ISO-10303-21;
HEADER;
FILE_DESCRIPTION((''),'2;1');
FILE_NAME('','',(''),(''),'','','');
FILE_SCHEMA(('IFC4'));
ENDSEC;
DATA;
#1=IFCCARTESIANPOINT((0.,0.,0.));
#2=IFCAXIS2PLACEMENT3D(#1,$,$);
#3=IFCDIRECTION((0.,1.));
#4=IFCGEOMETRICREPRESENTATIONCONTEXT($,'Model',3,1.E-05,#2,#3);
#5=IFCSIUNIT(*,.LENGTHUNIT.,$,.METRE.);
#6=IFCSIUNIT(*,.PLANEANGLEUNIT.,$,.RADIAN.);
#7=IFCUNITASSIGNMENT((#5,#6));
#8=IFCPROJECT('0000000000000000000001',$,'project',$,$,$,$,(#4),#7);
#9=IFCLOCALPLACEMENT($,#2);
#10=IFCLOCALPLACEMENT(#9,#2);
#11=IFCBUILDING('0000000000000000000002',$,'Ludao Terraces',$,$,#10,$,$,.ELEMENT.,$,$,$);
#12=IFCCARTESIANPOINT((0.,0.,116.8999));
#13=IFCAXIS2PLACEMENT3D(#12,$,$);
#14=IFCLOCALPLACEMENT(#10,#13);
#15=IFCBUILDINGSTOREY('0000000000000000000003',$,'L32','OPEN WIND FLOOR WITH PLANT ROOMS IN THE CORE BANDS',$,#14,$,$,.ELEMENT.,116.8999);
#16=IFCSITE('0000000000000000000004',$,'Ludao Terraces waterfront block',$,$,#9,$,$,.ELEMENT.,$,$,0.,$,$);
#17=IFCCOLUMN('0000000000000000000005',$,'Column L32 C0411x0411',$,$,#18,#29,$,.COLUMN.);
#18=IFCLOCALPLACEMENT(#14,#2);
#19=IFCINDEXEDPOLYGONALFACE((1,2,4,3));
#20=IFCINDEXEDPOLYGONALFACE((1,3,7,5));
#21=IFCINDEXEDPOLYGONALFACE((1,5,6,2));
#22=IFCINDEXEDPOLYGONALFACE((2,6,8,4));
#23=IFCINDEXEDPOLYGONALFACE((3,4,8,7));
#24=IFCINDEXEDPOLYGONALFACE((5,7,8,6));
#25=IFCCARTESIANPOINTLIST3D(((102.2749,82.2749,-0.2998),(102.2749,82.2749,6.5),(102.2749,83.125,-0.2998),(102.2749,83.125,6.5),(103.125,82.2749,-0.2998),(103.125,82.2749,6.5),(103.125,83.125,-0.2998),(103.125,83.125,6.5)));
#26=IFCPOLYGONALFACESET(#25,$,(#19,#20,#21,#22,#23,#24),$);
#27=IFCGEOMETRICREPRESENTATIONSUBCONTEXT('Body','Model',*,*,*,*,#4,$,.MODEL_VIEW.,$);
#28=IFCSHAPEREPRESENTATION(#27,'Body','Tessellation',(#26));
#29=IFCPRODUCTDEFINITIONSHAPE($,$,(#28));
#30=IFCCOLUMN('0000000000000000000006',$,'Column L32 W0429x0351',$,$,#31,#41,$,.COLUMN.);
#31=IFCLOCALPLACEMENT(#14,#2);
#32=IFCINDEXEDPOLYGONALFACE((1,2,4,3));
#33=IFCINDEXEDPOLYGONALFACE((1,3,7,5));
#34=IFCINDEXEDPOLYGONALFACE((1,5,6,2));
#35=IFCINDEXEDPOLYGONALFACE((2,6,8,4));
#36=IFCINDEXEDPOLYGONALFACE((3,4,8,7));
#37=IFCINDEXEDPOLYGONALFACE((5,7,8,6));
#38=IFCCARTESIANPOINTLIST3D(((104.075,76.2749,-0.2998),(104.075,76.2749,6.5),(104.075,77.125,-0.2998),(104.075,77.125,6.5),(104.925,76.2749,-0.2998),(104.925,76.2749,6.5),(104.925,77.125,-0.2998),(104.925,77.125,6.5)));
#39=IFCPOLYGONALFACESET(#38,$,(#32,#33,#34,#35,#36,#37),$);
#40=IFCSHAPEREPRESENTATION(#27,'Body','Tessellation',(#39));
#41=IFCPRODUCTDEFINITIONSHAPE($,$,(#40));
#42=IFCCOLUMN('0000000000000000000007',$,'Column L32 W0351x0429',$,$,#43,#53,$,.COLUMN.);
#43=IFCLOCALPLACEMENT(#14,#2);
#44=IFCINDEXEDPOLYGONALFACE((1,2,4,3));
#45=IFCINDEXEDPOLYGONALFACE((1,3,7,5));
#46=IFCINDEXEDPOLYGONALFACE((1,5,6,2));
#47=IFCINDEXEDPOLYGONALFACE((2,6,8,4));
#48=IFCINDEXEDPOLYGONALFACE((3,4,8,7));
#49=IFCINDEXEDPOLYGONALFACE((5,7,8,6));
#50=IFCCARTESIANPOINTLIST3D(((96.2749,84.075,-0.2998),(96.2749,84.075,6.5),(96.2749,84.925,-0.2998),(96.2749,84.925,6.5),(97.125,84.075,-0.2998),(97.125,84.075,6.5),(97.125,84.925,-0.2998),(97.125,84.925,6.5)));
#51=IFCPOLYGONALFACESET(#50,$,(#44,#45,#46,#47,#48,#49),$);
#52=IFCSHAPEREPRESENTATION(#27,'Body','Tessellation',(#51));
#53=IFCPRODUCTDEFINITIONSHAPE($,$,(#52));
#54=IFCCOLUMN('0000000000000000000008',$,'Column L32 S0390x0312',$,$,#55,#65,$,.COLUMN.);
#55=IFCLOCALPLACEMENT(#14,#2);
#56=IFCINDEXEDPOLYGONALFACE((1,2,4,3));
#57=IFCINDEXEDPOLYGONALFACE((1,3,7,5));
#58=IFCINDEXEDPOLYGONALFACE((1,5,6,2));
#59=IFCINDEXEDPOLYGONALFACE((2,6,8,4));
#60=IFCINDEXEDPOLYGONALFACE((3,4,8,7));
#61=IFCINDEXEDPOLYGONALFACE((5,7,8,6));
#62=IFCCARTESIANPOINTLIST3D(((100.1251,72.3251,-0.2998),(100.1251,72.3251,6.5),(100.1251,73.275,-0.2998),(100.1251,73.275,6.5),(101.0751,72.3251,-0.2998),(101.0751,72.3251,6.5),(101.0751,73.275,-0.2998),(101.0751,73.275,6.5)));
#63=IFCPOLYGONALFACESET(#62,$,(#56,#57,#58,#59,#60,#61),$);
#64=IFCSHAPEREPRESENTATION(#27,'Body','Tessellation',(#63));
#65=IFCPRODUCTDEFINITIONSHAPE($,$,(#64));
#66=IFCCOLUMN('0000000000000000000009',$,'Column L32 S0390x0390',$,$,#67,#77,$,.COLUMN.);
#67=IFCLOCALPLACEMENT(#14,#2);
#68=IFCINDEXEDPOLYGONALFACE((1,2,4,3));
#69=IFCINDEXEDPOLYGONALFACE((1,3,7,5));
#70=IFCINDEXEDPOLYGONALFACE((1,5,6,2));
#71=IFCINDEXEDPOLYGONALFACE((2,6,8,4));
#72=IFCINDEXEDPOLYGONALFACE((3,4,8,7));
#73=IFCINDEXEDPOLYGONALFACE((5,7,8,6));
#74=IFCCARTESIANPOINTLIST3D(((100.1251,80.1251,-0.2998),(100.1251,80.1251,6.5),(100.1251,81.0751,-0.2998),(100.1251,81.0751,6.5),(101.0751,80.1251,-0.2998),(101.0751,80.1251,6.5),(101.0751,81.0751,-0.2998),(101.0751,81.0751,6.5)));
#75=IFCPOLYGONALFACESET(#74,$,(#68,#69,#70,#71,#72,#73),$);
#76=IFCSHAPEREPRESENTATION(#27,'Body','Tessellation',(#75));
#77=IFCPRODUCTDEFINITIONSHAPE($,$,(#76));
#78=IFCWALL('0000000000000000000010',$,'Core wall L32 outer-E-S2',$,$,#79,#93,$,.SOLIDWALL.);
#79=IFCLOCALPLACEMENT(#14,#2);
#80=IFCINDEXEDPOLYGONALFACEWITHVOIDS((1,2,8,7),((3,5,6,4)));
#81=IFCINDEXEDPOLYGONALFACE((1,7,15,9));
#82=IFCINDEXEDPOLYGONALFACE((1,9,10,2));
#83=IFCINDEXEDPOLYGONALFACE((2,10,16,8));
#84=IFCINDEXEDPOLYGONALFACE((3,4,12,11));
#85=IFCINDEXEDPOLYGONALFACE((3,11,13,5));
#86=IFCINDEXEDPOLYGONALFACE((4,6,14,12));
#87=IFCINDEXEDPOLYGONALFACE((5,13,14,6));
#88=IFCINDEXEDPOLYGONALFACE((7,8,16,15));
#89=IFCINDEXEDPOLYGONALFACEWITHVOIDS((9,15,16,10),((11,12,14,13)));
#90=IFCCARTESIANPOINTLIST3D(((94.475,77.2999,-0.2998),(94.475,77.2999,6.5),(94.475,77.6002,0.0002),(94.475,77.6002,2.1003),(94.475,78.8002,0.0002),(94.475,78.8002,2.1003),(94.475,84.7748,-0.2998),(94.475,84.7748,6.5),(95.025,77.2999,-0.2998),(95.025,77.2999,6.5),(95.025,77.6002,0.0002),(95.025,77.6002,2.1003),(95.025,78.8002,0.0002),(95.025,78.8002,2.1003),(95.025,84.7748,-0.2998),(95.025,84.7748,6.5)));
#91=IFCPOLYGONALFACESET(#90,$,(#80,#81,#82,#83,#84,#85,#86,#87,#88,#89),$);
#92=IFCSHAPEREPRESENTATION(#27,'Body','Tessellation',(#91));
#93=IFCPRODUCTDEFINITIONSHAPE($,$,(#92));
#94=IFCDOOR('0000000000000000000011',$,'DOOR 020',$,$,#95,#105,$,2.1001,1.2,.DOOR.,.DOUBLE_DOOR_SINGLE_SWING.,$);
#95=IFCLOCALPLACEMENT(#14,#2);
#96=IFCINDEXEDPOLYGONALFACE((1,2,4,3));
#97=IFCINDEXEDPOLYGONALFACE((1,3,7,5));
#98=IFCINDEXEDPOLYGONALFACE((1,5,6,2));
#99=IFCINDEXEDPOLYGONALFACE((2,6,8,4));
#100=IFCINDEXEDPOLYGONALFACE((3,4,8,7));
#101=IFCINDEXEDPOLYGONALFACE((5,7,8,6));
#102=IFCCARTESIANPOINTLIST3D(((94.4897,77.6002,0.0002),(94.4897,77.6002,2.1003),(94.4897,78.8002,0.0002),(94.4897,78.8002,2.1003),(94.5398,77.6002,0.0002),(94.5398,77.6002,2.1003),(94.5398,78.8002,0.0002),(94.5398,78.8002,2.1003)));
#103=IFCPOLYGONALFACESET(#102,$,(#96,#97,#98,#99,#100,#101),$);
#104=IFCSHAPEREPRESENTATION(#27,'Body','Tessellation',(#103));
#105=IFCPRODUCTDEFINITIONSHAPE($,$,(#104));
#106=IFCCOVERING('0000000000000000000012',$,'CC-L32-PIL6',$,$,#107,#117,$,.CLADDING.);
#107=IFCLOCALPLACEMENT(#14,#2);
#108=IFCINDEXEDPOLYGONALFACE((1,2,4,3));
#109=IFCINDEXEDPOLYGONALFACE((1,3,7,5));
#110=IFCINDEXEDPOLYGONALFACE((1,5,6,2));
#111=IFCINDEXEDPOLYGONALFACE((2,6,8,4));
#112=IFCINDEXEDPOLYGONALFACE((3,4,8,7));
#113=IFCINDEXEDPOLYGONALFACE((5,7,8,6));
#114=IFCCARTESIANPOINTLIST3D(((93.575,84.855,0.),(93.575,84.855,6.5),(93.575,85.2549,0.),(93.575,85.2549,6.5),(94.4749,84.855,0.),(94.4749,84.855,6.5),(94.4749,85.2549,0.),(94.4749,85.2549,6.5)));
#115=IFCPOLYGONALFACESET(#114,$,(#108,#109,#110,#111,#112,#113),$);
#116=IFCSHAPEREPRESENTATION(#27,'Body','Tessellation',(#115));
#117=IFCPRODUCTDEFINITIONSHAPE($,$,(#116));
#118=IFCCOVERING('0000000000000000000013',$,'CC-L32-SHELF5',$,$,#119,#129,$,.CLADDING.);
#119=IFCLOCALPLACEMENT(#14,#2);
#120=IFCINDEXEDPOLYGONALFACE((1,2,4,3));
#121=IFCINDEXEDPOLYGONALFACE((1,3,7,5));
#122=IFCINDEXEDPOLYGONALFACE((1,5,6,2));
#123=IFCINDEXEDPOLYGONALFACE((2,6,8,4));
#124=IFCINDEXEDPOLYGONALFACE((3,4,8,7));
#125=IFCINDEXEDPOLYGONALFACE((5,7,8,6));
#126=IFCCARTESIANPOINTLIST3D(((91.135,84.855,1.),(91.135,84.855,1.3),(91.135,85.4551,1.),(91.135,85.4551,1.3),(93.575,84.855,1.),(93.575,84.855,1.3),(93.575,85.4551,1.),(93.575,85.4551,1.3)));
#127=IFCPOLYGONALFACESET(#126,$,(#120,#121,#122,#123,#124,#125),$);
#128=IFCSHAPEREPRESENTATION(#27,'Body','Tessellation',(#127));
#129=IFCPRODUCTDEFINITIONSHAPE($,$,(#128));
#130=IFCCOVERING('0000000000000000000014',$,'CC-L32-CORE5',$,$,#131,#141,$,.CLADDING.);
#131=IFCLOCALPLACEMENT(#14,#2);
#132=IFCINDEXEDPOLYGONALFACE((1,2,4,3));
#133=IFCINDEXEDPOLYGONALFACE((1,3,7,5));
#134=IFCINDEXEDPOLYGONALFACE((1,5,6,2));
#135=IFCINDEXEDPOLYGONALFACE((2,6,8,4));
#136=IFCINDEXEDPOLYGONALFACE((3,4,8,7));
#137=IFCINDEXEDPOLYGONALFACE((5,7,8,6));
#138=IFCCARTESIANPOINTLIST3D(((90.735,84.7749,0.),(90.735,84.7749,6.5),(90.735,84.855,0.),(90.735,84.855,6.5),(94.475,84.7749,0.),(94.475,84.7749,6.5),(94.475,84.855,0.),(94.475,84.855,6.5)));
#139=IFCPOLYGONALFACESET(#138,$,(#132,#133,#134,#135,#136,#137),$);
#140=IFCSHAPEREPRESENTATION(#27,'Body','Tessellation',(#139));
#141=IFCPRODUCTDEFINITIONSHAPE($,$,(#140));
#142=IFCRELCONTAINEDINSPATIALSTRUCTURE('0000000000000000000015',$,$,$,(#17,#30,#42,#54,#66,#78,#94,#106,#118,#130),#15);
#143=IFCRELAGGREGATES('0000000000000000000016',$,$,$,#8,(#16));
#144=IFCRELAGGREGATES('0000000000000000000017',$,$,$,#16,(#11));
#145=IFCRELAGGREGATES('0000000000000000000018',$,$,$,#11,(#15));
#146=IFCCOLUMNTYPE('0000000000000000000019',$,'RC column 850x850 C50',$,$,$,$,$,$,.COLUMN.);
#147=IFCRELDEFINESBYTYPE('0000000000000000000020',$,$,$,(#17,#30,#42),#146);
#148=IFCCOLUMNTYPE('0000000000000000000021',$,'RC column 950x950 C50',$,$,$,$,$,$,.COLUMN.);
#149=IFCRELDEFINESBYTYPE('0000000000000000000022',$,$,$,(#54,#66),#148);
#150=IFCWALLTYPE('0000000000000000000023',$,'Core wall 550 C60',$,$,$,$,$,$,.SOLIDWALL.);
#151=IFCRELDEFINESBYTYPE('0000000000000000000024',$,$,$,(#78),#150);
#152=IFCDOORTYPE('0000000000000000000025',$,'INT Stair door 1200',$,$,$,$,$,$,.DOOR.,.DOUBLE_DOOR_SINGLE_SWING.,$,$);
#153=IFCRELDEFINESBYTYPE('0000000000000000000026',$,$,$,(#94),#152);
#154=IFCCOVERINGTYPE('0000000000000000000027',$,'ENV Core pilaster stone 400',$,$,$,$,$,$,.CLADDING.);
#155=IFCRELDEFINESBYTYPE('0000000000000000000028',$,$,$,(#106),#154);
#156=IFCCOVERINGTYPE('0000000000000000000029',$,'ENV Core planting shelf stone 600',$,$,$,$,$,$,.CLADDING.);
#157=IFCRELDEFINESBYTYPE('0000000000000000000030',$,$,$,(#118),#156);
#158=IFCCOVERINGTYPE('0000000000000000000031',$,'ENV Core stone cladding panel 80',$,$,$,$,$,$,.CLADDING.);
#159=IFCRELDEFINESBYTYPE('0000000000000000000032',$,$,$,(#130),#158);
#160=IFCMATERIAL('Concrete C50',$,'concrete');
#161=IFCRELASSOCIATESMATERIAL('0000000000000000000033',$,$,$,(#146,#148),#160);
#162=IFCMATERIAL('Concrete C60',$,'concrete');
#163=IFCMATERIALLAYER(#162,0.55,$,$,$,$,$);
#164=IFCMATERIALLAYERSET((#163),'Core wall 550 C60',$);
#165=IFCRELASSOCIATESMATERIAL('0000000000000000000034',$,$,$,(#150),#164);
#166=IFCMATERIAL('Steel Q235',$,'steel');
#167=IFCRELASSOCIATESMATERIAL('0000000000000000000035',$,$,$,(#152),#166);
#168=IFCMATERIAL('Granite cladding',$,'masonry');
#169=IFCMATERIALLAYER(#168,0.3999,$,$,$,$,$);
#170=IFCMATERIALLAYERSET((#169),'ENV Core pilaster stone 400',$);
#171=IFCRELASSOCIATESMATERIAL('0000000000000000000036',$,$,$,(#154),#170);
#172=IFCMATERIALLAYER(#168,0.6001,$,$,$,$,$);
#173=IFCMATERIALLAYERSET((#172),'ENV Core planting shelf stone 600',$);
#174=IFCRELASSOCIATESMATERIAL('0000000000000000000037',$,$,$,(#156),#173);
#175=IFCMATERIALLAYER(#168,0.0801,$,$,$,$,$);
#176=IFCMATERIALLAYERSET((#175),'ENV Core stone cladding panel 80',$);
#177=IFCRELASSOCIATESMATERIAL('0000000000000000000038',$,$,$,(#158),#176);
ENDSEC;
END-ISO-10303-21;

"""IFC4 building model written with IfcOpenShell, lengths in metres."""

from ifc_helpers import new_model, si_unit, direction, frame, frame_2d, origin, origin_2d, place, context, subcontext, project, spatial, rectangle, extrude, material, layer, layer_set, material_profile, profile_set, type_object, element, fill, save


model = new_model("IFC4")

# Units and contexts
model_context = context("Model", 3, precision=1e-05, world=origin(), true_north=direction((0.0, 1.0)))
body_context = subcontext(model_context, "Body", "Model", "MODEL_VIEW")
ifc_project = project(units=[si_unit("LENGTHUNIT", "METRE"), si_unit("PLANEANGLEUNIT", "RADIAN")], contexts=[model_context])

# Site, building, storey
site_placement = place(None, origin())
site = spatial("IfcSite", under=ifc_project, at=site_placement, Name="Ludao Terraces waterfront block", CompositionType="ELEMENT", RefElevation=0.0)
building_placement = place(site_placement, origin())
building = spatial("IfcBuilding", under=site, at=building_placement, Name="Ludao Terraces", CompositionType="ELEMENT")
storey_placement = place(building_placement, frame((0.0, 0.0, 116.8999)))
storey = spatial("IfcBuildingStorey", under=building, at=storey_placement, Name="L32", Description="OPEN WIND FLOOR WITH PLANT ROOMS IN THE CORE BANDS", CompositionType="ELEMENT", Elevation=116.8999)

# Columns
ifc_material_1 = material(Name="Concrete C50", Category="concrete")
ifc_material_profile_1 = material_profile(ifc_material_1, rectangle(XDim=0.8501, YDim=0.8501, at=origin_2d()), Name="850 X 850")
ifc_profile_set_1 = profile_set([ifc_material_profile_1], Name="Concrete C50")
column_type_1 = type_object("IfcColumnType", Name="RC column 850x850 C50", PredefinedType="COLUMN", material=ifc_profile_set_1)
for number, where, z_axis, x_axis, name in (
    (1, (102.7, 82.7, -0.2998), (0.0, 0.0, 1.0), (1.0, 0.0, 0.0), "Column L32 C0411x0411"),
    (2, (104.5, 76.7, -0.2998), (0.0, 0.0, 1.0), (1.0, 0.0, 0.0), "Column L32 W0429x0351"),
    (3, (96.7, 84.5, -0.2998), (0.0, 0.0, 1.0), (1.0, 0.0, 0.0), "Column L32 W0351x0429"),
):
    element("IfcColumn", number, at=place(storey_placement, frame(where, z_axis=z_axis, x_axis=x_axis)), inside=storey, type_object=column_type_1, Name=name, PredefinedType="COLUMN", context=body_context, shape_type="SweptSolid", body=[
        extrude(rectangle(XDim=0.8501, YDim=0.8501, at=origin_2d()), origin(), (0.0, 0.0, 1.0), 6.7998),
    ])
ifc_material_profile_2 = material_profile(ifc_material_1, rectangle(XDim=0.95, YDim=0.95, at=origin_2d()), Name="950 X 950")
ifc_profile_set_2 = profile_set([ifc_material_profile_2], Name="Concrete C50")
column_type_2 = type_object("IfcColumnType", Name="RC column 950x950 C50", PredefinedType="COLUMN", material=ifc_profile_set_2)
for number, where, z_axis, x_axis, name in (
    (4, (100.6001, 72.8, -0.2998), (0.0, 0.0, 1.0), (1.0, 0.0, 0.0), "Column L32 S0390x0312"),
    (5, (100.6001, 80.6001, -0.2998), (0.0, 0.0, 1.0), (1.0, 0.0, 0.0), "Column L32 S0390x0390"),
):
    element("IfcColumn", number, at=place(storey_placement, frame(where, z_axis=z_axis, x_axis=x_axis)), inside=storey, type_object=column_type_2, Name=name, PredefinedType="COLUMN", context=body_context, shape_type="SweptSolid", body=[
        extrude(rectangle(XDim=0.95, YDim=0.95, at=origin_2d()), origin(), (0.0, 0.0, 1.0), 6.7998),
    ])

# Wall, opening, door
ifc_material_2 = material(Name="Concrete C60", Category="concrete")
ifc_layer_1 = layer(ifc_material_2, 0.55)
ifc_layer_set_1 = layer_set([ifc_layer_1], Name="Core wall 550 C60")
wall_type = type_object("IfcWallType", Name="Core wall 550 C60", PredefinedType="SOLIDWALL", material=ifc_layer_set_1)
wall_placement = place(storey_placement, frame((94.75, 77.3, -0.2998), z_axis=(0.0, 0.0, 1.0), x_axis=(0.0, 1.0, 0.0)))
wall = element("IfcWall", 6, at=wall_placement, inside=storey, type_object=wall_type, Name="Core wall L32 outer-E-S2", PredefinedType="SOLIDWALL", context=body_context, shape_type="SweptSolid", body=[
    extrude(rectangle(XDim=7.4749, YDim=0.55, at=frame_2d((3.7373, 0.0))), origin(), (0.0, 0.0, 1.0), 6.7998),
])
opening_placement = place(wall_placement, frame((0.3, 0.0, 0.3)))
opening = element("IfcOpeningElement", 7, at=opening_placement, cuts=wall, PredefinedType="OPENING", context=body_context, shape_type="SweptSolid", body=[
    extrude(rectangle(XDim=1.2, YDim=2.1001, at=frame_2d((0.6001, 1.05))), frame((0.0, 0.2852, 0.0), z_axis=(0.0, -1.0, 0.0), x_axis=(1.0, 0.0, 0.0)), (0.0, 0.0, 1.0), 0.5701),
])
ifc_material_3 = material(Name="Steel Q235", Category="steel")
door_type = type_object("IfcDoorType", Name="INT Stair door 1200", OperationType="DOUBLE_DOOR_SINGLE_SWING", PredefinedType="DOOR", material=ifc_material_3)
door_placement = place(opening_placement, origin())
door = element("IfcDoor", 8, at=door_placement, inside=storey, type_object=door_type, Name="DOOR 020", OperationType="DOUBLE_DOOR_SINGLE_SWING", OverallHeight=2.1001, OverallWidth=1.2, PredefinedType="DOOR", context=body_context, shape_type="SweptSolid", body=[
    extrude(rectangle(XDim=1.2, YDim=2.1001, at=frame_2d((0.6001, 1.05))), frame((0.0, 0.2603, 0.0), z_axis=(0.0, -1.0, 0.0), x_axis=(1.0, 0.0, 0.0)), (0.0, 0.0, 1.0), 0.05),
])
fill(opening, door)

# Coverings
ifc_material_4 = material(Name="Granite cladding", Category="masonry")
ifc_layer_2 = layer(ifc_material_4, 0.3999)
ifc_layer_set_2 = layer_set([ifc_layer_2], Name="ENV Core pilaster stone 400")
covering_type_1 = type_object("IfcCoveringType", Name="ENV Core pilaster stone 400", PredefinedType="CLADDING", material=ifc_layer_set_2)
covering_1_placement = place(storey_placement, frame((94.0249, 85.0549, 0.0), z_axis=(0.0, 0.0, 1.0), x_axis=(1.0, 0.0, 0.0)))
element("IfcCovering", 9, at=covering_1_placement, inside=storey, type_object=covering_type_1, Name="CC-L32-PIL6", PredefinedType="CLADDING", context=body_context, shape_type="SweptSolid", body=[
    extrude(rectangle(XDim=0.8999, YDim=0.3999, at=origin_2d()), origin(), (0.0, 0.0, 1.0), 6.5),
])
ifc_layer_3 = layer(ifc_material_4, 0.6001)
ifc_layer_set_3 = layer_set([ifc_layer_3], Name="ENV Core planting shelf stone 600")
covering_type_2 = type_object("IfcCoveringType", Name="ENV Core planting shelf stone 600", PredefinedType="CLADDING", material=ifc_layer_set_3)
covering_2_placement = place(storey_placement, frame((92.355, 85.155, 1.0), z_axis=(0.0, 0.0, 1.0), x_axis=(1.0, 0.0, 0.0)))
element("IfcCovering", 10, at=covering_2_placement, inside=storey, type_object=covering_type_2, Name="CC-L32-SHELF5", PredefinedType="CLADDING", context=body_context, shape_type="SweptSolid", body=[
    extrude(rectangle(XDim=2.4399, YDim=0.6001, at=origin_2d()), origin(), (0.0, 0.0, 1.0), 0.3),
])
ifc_layer_4 = layer(ifc_material_4, 0.0801)
ifc_layer_set_4 = layer_set([ifc_layer_4], Name="ENV Core stone cladding panel 80")
covering_type_3 = type_object("IfcCoveringType", Name="ENV Core stone cladding panel 80", PredefinedType="CLADDING", material=ifc_layer_set_4)
covering_3_placement = place(storey_placement, frame((92.605, 84.8149, 0.0), z_axis=(0.0, 0.0, 1.0), x_axis=(1.0, 0.0, 0.0)))
element("IfcCovering", 11, at=covering_3_placement, inside=storey, type_object=covering_type_3, Name="CC-L32-CORE5", PredefinedType="CLADDING", context=body_context, shape_type="SweptSolid", body=[
    extrude(rectangle(XDim=3.74, YDim=0.0801, at=origin_2d()), origin(), (0.0, 0.0, 1.0), 6.5),
])

save(model, "model.ifc")
